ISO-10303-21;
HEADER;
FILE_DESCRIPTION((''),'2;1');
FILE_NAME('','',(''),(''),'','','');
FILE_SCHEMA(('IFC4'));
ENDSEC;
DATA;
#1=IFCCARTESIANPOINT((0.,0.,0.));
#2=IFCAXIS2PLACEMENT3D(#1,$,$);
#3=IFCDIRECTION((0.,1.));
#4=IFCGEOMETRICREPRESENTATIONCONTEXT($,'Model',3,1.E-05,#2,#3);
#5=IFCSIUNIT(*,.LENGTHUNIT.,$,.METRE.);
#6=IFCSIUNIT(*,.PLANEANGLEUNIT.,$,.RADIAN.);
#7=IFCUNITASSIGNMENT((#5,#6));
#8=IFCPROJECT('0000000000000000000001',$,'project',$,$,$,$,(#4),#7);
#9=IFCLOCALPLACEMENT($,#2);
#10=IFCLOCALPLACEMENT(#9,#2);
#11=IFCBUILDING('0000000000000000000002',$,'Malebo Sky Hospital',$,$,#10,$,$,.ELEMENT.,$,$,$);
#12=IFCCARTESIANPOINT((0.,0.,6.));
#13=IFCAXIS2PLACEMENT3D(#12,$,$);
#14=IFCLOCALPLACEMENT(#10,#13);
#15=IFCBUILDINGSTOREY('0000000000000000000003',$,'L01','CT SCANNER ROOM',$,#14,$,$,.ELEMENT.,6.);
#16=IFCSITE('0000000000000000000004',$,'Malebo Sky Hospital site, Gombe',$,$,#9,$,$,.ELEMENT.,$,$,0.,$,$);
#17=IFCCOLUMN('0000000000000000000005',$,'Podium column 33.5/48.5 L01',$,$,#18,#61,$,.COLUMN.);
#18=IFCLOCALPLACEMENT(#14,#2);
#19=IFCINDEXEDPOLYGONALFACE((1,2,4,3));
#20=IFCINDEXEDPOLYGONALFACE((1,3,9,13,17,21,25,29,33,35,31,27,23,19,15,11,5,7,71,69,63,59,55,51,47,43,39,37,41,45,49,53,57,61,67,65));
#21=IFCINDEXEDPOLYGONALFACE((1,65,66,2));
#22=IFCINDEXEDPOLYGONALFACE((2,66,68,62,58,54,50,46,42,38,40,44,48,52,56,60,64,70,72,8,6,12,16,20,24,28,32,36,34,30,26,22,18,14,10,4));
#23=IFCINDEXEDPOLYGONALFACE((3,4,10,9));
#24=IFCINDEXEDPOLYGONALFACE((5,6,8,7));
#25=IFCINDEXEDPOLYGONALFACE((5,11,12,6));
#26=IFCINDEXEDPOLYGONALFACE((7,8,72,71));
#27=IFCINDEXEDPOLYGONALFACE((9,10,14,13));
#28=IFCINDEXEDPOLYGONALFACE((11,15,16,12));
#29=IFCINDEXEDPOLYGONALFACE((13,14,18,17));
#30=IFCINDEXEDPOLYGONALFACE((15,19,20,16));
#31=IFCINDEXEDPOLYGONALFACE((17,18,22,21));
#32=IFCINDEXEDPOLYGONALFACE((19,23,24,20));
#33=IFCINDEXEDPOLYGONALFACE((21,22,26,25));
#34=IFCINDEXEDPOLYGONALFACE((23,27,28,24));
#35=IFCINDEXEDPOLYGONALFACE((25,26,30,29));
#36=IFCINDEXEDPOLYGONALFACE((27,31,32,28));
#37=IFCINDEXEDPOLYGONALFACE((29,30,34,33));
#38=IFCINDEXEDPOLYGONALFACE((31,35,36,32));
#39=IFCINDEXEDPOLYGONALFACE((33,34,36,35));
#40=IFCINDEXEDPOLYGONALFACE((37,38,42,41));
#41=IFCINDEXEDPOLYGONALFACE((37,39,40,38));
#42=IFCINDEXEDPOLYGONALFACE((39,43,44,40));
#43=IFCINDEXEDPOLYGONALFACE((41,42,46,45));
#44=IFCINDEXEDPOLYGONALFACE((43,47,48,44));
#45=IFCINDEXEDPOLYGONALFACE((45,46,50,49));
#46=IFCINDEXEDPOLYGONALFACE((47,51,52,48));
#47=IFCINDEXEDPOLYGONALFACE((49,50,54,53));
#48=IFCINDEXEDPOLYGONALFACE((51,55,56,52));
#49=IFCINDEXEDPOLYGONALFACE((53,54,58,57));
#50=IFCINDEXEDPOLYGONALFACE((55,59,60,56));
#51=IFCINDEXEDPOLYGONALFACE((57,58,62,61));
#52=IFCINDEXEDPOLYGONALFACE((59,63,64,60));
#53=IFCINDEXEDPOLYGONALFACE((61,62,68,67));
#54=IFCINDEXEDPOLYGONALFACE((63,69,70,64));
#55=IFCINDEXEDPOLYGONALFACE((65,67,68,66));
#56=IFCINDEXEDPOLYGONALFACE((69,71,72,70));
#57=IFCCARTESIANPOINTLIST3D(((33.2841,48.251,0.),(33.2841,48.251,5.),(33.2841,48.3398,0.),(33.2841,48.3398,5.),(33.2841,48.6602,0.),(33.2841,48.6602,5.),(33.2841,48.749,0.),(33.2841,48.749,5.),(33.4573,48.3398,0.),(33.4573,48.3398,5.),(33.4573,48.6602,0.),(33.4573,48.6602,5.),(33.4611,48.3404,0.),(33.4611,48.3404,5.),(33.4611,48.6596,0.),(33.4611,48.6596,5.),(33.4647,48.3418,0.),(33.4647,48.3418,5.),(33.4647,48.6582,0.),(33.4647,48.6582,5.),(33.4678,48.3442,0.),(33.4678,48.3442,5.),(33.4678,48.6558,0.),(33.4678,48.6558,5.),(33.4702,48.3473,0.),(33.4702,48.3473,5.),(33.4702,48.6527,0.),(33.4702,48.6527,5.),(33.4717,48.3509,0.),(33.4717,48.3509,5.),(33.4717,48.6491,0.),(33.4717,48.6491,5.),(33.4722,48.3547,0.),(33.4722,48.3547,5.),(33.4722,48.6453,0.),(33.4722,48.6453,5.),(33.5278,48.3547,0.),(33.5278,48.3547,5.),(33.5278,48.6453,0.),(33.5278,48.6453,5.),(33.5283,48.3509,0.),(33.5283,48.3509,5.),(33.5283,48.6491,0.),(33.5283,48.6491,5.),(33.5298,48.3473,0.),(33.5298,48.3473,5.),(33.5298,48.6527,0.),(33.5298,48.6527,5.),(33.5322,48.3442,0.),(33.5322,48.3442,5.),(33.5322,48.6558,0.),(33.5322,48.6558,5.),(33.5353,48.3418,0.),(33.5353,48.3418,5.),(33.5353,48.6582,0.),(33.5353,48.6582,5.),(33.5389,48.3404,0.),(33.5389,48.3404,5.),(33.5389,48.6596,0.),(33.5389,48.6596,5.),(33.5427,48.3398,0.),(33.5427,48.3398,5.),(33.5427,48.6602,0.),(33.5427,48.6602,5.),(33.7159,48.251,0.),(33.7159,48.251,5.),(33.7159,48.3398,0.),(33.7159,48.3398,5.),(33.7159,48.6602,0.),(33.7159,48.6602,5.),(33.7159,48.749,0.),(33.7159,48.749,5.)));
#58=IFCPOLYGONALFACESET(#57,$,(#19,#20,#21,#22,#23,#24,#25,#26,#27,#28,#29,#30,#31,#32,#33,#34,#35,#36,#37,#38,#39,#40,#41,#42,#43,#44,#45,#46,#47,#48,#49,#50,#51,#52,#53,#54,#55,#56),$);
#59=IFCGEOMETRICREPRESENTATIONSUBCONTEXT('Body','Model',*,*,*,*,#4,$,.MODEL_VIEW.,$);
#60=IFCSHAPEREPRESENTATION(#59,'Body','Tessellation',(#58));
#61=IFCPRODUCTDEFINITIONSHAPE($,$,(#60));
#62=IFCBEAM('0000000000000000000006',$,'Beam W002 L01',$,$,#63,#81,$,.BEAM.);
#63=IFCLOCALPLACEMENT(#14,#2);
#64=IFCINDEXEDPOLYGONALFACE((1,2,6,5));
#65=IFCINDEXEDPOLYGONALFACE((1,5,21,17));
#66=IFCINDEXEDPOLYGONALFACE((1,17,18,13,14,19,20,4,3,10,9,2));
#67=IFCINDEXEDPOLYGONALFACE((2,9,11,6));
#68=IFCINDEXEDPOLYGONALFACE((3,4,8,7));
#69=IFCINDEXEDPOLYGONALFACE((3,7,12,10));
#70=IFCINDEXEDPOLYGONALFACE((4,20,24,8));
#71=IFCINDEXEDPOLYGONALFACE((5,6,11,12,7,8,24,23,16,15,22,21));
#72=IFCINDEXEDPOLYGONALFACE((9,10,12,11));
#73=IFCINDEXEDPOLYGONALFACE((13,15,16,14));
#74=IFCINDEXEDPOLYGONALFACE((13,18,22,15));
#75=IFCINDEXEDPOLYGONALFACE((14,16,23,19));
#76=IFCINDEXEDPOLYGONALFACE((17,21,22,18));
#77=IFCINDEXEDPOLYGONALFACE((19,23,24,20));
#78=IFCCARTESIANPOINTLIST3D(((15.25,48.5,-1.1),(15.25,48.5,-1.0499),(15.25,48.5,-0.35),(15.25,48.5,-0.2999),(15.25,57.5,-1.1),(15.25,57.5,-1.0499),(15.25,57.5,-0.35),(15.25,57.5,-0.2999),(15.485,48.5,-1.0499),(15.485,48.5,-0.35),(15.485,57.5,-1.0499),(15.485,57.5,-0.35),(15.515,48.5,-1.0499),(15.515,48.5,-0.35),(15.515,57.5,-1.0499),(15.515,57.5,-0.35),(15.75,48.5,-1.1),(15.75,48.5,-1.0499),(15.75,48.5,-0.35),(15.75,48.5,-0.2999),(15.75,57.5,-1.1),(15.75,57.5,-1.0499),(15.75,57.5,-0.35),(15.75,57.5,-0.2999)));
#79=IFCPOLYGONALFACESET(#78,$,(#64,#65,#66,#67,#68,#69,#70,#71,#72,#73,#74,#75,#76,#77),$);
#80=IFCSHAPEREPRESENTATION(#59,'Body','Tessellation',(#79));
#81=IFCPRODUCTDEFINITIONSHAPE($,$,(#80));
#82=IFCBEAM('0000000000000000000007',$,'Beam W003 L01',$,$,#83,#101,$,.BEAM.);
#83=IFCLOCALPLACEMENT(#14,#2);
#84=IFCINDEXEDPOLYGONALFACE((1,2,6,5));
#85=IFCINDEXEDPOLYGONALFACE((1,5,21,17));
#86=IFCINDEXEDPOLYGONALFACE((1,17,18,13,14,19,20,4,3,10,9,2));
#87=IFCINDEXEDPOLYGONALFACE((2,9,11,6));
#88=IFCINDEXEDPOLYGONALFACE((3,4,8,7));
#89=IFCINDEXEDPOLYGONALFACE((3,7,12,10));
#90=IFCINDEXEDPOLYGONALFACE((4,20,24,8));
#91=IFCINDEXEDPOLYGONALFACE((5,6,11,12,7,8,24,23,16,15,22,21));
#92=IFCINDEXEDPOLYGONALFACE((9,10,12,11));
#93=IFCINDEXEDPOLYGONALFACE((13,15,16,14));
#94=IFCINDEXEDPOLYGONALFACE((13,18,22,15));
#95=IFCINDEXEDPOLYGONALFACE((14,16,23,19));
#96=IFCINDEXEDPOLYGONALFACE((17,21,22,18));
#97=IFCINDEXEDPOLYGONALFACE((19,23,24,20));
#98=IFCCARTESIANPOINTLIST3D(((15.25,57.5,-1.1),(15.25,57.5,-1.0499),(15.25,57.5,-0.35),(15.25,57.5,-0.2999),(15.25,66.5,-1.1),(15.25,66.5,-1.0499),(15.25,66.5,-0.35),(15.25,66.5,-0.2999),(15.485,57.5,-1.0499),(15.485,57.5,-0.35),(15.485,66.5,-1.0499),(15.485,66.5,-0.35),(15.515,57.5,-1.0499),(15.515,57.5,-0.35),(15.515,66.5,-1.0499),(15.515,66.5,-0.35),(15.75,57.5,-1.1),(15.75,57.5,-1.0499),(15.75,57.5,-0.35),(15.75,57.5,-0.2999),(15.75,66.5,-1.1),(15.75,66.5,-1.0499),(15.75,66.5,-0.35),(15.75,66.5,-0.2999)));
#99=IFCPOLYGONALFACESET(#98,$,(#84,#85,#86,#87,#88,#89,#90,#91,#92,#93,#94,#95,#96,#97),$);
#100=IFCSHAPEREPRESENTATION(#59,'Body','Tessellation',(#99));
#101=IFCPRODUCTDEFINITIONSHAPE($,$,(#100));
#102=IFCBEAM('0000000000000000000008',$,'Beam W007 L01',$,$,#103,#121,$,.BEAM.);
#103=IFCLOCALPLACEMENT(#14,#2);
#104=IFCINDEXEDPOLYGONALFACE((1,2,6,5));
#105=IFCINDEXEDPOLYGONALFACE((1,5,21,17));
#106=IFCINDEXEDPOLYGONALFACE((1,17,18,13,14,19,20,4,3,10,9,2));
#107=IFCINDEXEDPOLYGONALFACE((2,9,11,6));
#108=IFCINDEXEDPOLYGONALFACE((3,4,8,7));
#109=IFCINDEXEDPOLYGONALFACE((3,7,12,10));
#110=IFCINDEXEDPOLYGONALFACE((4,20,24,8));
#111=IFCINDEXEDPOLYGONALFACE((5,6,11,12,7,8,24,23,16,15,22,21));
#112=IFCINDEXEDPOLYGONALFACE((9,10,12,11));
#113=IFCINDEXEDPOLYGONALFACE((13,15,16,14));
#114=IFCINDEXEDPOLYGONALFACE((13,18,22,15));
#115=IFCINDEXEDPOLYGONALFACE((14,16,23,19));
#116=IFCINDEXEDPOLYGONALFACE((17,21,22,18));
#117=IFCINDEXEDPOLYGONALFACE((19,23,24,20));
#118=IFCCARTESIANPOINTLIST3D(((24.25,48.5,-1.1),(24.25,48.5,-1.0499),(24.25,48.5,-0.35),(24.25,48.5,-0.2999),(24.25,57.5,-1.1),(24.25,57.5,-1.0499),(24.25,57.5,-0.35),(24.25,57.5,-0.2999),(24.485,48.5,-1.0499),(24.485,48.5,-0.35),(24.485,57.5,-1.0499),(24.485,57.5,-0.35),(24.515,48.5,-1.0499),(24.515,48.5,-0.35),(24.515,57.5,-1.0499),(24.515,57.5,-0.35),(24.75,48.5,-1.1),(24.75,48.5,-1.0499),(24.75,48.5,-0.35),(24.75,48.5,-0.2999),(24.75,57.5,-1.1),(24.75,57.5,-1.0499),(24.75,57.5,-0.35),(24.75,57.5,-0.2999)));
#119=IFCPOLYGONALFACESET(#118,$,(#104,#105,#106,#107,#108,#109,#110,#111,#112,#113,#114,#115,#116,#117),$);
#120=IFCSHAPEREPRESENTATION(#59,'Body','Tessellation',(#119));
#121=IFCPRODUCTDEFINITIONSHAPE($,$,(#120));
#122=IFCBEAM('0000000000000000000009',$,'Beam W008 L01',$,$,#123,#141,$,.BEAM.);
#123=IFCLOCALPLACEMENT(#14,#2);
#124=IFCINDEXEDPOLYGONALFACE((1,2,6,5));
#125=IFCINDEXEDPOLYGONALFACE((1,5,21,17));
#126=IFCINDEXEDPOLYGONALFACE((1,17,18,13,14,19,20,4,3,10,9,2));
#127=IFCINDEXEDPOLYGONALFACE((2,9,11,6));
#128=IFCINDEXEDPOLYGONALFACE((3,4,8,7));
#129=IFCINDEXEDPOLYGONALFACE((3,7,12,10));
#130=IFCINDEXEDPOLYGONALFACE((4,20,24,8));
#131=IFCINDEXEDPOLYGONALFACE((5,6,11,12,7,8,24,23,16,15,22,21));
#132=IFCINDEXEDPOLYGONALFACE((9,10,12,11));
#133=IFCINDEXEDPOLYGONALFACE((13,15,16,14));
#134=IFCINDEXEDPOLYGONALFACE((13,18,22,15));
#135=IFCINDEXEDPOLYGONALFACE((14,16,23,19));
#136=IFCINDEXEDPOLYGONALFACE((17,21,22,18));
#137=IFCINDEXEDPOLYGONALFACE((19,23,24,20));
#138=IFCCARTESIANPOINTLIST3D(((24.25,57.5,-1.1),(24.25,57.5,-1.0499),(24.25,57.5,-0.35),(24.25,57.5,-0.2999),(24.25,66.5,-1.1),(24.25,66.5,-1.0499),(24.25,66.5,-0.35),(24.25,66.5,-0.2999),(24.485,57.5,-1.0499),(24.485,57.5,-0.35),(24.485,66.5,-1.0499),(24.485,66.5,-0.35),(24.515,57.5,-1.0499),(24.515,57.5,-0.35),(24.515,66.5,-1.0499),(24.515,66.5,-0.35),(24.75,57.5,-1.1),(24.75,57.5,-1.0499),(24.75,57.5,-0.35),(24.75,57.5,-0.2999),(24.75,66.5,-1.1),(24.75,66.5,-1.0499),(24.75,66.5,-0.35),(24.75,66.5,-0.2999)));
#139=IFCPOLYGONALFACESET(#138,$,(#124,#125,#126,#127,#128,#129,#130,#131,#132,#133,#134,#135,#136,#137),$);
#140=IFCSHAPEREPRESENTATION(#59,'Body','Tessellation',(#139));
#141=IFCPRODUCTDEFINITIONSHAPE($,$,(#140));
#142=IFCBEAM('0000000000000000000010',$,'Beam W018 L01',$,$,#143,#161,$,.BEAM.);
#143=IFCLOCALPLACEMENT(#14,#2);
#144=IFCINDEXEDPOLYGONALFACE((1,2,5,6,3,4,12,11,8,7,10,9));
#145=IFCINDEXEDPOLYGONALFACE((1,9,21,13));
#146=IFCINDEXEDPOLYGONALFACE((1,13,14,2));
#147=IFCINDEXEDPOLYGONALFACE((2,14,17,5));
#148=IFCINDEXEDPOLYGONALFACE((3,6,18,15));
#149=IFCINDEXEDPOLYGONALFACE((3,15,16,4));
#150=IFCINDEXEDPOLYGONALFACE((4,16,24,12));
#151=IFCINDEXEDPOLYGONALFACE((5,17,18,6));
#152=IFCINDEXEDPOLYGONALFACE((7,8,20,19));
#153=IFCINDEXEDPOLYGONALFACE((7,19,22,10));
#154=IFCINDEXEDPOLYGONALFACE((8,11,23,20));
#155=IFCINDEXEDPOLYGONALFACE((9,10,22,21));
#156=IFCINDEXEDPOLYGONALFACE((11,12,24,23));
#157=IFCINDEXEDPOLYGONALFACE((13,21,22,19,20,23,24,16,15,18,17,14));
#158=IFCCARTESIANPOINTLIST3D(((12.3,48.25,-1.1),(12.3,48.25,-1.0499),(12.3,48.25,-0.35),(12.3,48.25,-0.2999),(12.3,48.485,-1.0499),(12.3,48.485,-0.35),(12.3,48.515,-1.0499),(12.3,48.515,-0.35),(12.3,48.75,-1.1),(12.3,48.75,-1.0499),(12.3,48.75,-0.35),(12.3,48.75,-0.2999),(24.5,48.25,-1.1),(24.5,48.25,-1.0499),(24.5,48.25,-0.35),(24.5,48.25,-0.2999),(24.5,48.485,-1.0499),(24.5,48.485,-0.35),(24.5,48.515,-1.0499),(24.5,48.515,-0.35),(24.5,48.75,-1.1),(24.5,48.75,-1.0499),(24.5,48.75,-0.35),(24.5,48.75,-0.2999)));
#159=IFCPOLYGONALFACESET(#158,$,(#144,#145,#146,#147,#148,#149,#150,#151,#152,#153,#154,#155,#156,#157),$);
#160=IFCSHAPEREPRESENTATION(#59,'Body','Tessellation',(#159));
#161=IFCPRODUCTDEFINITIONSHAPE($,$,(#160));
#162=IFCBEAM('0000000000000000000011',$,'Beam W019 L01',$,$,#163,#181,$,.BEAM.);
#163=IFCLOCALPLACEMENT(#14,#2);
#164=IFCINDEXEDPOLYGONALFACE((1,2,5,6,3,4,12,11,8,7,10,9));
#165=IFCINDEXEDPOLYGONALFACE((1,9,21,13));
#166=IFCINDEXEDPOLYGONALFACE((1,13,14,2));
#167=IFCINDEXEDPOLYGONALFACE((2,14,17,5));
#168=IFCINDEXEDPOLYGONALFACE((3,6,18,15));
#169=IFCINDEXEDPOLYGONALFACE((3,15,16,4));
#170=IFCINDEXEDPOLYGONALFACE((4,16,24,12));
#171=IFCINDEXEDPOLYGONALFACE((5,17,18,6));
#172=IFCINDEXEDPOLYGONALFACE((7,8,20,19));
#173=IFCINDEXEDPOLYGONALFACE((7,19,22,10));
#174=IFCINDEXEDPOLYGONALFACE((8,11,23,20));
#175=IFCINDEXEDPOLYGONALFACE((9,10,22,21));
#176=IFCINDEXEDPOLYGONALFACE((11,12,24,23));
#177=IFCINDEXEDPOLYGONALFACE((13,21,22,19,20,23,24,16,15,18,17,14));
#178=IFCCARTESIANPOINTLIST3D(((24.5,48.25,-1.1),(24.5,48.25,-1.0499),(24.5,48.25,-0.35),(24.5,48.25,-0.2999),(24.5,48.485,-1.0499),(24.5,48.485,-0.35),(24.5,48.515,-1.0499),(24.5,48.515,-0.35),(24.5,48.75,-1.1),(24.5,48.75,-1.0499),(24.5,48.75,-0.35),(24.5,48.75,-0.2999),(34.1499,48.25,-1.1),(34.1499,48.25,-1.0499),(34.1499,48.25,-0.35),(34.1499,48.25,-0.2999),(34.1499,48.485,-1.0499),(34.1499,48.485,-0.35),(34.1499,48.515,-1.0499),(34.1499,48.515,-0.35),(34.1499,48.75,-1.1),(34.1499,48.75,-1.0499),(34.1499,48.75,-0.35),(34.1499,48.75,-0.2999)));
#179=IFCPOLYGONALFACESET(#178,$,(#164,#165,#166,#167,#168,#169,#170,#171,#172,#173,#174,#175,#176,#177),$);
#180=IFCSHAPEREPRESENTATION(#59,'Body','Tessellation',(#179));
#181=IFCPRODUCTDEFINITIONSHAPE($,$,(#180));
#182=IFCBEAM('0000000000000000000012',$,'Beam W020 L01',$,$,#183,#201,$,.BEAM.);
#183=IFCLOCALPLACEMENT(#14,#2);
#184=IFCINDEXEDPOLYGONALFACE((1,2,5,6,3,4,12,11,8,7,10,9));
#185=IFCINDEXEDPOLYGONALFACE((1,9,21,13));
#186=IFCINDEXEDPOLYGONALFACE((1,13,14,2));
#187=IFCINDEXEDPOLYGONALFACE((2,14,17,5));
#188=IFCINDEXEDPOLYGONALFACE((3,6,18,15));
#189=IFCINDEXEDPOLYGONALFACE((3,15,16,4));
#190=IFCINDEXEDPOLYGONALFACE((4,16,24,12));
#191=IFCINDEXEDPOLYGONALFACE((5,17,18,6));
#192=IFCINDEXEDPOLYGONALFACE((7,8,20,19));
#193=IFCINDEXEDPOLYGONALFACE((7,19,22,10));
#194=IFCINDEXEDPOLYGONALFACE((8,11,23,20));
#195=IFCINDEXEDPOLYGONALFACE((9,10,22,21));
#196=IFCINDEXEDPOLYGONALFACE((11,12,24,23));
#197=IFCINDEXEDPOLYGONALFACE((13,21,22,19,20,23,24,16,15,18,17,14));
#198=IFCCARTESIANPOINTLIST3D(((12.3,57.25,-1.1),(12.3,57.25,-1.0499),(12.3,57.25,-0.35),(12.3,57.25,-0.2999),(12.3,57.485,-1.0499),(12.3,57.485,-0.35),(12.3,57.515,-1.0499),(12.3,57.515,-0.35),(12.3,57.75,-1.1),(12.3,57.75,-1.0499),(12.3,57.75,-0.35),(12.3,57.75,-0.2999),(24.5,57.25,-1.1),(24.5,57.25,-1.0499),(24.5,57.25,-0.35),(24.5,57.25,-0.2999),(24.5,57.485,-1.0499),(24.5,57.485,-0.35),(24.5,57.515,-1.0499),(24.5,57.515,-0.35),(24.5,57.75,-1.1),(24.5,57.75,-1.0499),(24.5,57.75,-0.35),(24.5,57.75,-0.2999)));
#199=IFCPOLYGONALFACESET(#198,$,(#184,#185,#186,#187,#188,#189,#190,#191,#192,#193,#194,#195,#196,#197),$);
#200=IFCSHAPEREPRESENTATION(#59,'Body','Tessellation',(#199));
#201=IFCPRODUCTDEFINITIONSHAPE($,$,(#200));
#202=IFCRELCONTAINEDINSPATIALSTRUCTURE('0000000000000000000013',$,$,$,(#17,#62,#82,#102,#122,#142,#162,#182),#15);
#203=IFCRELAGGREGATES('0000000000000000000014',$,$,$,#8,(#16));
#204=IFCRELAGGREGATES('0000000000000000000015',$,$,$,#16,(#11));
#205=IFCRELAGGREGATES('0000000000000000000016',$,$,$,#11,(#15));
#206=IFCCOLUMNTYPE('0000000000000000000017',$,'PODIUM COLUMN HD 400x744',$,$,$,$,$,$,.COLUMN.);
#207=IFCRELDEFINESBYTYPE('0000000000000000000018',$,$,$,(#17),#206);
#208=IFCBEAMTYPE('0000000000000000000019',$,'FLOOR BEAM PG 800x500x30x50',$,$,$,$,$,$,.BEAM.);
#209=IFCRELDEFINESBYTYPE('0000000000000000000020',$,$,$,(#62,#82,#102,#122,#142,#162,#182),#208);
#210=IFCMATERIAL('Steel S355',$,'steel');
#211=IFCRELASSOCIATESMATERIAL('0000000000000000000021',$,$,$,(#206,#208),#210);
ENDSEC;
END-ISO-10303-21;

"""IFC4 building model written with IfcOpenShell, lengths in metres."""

from ifc_helpers import new_model, si_unit, direction, frame, origin, origin_2d, place, context, subcontext, project, spatial, i_section, extrude, material, material_profile, profile_set, type_object, element, save


model = new_model("IFC4")

# Units and contexts
model_context = context("Model", 3, precision=1e-05, world=origin(), true_north=direction((0.0, 1.0)))
body_context = subcontext(model_context, "Body", "Model", "MODEL_VIEW")
ifc_project = project(units=[si_unit("LENGTHUNIT", "METRE"), si_unit("PLANEANGLEUNIT", "RADIAN")], contexts=[model_context])

# Site, building, storey
site_placement = place(None, origin())
site = spatial("IfcSite", under=ifc_project, at=site_placement, Name="Malebo Sky Hospital site, Gombe", CompositionType="ELEMENT", RefElevation=0.0)
building_placement = place(site_placement, origin())
building = spatial("IfcBuilding", under=site, at=building_placement, Name="Malebo Sky Hospital", CompositionType="ELEMENT")
storey_placement = place(building_placement, frame((0.0, 0.0, 6.0)))
storey = spatial("IfcBuildingStorey", under=building, at=storey_placement, Name="L01", Description="CT SCANNER ROOM", CompositionType="ELEMENT", Elevation=6.0)

# Column
ifc_material_1 = material(Name="Steel S355", Category="steel")
ifc_material_profile_1 = material_profile(ifc_material_1, i_section(OverallWidth=0.4319, OverallDepth=0.498, WebThickness=0.0557, FlangeThickness=0.0889, FilletRadius=0.0149, at=origin_2d()), Name="HD 400x744")
ifc_profile_set_1 = profile_set([ifc_material_profile_1], Name="Steel S355")
column_type = type_object("IfcColumnType", Name="PODIUM COLUMN HD 400x744", PredefinedType="COLUMN", material=ifc_profile_set_1)
for number, where, z_axis, x_axis, name in (
    (1, (33.5, 48.5, 0.0), (0.0, 0.0, 1.0), (1.0, 0.0, 0.0), "Podium column 33.5/48.5 L01"),
):
    element("IfcColumn", number, at=place(storey_placement, frame(where, z_axis=z_axis, x_axis=x_axis)), inside=storey, type_object=column_type, Name=name, PredefinedType="COLUMN", context=body_context, shape_type="SweptSolid", body=[
        extrude(i_section(OverallWidth=0.4319, OverallDepth=0.498, WebThickness=0.0557, FlangeThickness=0.0889, FilletRadius=0.0149, at=origin_2d()), origin(), (0.0, 0.0, 1.0), 5.0),
    ])

# Beams
ifc_material_profile_2 = material_profile(ifc_material_1, i_section(OverallWidth=0.5, OverallDepth=0.8, WebThickness=0.03, FlangeThickness=0.05, at=origin_2d()), Name="PG 800x500x30x50")
ifc_profile_set_2 = profile_set([ifc_material_profile_2], Name="Steel S355")
beam_type = type_object("IfcBeamType", Name="FLOOR BEAM PG 800x500x30x50", PredefinedType="BEAM", material=ifc_profile_set_2)
for number, where, z_axis, x_axis, name in (
    (2, (15.5, 48.5, -0.7), (0.0, 1.0, 0.0), (-1.0, 0.0, 0.0), "Beam W002 L01"),
    (3, (15.5, 57.5, -0.7), (0.0, 1.0, 0.0), (-1.0, 0.0, 0.0), "Beam W003 L01"),
    (4, (24.5, 48.5, -0.7), (0.0, 1.0, 0.0), (-1.0, 0.0, 0.0), "Beam W007 L01"),
    (5, (24.5, 57.5, -0.7), (0.0, 1.0, 0.0), (-1.0, 0.0, 0.0), "Beam W008 L01"),
):
    element("IfcBeam", number, at=place(storey_placement, frame(where, z_axis=z_axis, x_axis=x_axis)), inside=storey, type_object=beam_type, Name=name, PredefinedType="BEAM", context=body_context, shape_type="SweptSolid", body=[
        extrude(i_section(OverallWidth=0.5, OverallDepth=0.8, WebThickness=0.03, FlangeThickness=0.05, at=origin_2d()), origin(), (0.0, 0.0, 1.0), 9.0),
    ])
beam_1_placement = place(storey_placement, frame((12.3, 48.5, -0.7), z_axis=(1.0, 0.0, 0.0), x_axis=(0.0, 1.0, 0.0)))
element("IfcBeam", 6, at=beam_1_placement, inside=storey, type_object=beam_type, Name="Beam W018 L01", PredefinedType="BEAM", context=body_context, shape_type="SweptSolid", body=[
    extrude(i_section(OverallWidth=0.5, OverallDepth=0.8, WebThickness=0.03, FlangeThickness=0.05, at=origin_2d()), origin(), (0.0, 0.0, 1.0), 12.2),
])
beam_2_placement = place(storey_placement, frame((24.5, 48.5, -0.7), z_axis=(1.0, 0.0, 0.0), x_axis=(0.0, 1.0, 0.0)))
element("IfcBeam", 7, at=beam_2_placement, inside=storey, type_object=beam_type, Name="Beam W019 L01", PredefinedType="BEAM", context=body_context, shape_type="SweptSolid", body=[
    extrude(i_section(OverallWidth=0.5, OverallDepth=0.8, WebThickness=0.03, FlangeThickness=0.05, at=origin_2d()), origin(), (0.0, 0.0, 1.0), 9.6499),
])
beam_3_placement = place(storey_placement, frame((12.3, 57.5, -0.7), z_axis=(1.0, 0.0, 0.0), x_axis=(0.0, 1.0, 0.0)))
element("IfcBeam", 8, at=beam_3_placement, inside=storey, type_object=beam_type, Name="Beam W020 L01", PredefinedType="BEAM", context=body_context, shape_type="SweptSolid", body=[
    extrude(i_section(OverallWidth=0.5, OverallDepth=0.8, WebThickness=0.03, FlangeThickness=0.05, at=origin_2d()), origin(), (0.0, 0.0, 1.0), 12.2),
])

save(model, "model.ifc")
